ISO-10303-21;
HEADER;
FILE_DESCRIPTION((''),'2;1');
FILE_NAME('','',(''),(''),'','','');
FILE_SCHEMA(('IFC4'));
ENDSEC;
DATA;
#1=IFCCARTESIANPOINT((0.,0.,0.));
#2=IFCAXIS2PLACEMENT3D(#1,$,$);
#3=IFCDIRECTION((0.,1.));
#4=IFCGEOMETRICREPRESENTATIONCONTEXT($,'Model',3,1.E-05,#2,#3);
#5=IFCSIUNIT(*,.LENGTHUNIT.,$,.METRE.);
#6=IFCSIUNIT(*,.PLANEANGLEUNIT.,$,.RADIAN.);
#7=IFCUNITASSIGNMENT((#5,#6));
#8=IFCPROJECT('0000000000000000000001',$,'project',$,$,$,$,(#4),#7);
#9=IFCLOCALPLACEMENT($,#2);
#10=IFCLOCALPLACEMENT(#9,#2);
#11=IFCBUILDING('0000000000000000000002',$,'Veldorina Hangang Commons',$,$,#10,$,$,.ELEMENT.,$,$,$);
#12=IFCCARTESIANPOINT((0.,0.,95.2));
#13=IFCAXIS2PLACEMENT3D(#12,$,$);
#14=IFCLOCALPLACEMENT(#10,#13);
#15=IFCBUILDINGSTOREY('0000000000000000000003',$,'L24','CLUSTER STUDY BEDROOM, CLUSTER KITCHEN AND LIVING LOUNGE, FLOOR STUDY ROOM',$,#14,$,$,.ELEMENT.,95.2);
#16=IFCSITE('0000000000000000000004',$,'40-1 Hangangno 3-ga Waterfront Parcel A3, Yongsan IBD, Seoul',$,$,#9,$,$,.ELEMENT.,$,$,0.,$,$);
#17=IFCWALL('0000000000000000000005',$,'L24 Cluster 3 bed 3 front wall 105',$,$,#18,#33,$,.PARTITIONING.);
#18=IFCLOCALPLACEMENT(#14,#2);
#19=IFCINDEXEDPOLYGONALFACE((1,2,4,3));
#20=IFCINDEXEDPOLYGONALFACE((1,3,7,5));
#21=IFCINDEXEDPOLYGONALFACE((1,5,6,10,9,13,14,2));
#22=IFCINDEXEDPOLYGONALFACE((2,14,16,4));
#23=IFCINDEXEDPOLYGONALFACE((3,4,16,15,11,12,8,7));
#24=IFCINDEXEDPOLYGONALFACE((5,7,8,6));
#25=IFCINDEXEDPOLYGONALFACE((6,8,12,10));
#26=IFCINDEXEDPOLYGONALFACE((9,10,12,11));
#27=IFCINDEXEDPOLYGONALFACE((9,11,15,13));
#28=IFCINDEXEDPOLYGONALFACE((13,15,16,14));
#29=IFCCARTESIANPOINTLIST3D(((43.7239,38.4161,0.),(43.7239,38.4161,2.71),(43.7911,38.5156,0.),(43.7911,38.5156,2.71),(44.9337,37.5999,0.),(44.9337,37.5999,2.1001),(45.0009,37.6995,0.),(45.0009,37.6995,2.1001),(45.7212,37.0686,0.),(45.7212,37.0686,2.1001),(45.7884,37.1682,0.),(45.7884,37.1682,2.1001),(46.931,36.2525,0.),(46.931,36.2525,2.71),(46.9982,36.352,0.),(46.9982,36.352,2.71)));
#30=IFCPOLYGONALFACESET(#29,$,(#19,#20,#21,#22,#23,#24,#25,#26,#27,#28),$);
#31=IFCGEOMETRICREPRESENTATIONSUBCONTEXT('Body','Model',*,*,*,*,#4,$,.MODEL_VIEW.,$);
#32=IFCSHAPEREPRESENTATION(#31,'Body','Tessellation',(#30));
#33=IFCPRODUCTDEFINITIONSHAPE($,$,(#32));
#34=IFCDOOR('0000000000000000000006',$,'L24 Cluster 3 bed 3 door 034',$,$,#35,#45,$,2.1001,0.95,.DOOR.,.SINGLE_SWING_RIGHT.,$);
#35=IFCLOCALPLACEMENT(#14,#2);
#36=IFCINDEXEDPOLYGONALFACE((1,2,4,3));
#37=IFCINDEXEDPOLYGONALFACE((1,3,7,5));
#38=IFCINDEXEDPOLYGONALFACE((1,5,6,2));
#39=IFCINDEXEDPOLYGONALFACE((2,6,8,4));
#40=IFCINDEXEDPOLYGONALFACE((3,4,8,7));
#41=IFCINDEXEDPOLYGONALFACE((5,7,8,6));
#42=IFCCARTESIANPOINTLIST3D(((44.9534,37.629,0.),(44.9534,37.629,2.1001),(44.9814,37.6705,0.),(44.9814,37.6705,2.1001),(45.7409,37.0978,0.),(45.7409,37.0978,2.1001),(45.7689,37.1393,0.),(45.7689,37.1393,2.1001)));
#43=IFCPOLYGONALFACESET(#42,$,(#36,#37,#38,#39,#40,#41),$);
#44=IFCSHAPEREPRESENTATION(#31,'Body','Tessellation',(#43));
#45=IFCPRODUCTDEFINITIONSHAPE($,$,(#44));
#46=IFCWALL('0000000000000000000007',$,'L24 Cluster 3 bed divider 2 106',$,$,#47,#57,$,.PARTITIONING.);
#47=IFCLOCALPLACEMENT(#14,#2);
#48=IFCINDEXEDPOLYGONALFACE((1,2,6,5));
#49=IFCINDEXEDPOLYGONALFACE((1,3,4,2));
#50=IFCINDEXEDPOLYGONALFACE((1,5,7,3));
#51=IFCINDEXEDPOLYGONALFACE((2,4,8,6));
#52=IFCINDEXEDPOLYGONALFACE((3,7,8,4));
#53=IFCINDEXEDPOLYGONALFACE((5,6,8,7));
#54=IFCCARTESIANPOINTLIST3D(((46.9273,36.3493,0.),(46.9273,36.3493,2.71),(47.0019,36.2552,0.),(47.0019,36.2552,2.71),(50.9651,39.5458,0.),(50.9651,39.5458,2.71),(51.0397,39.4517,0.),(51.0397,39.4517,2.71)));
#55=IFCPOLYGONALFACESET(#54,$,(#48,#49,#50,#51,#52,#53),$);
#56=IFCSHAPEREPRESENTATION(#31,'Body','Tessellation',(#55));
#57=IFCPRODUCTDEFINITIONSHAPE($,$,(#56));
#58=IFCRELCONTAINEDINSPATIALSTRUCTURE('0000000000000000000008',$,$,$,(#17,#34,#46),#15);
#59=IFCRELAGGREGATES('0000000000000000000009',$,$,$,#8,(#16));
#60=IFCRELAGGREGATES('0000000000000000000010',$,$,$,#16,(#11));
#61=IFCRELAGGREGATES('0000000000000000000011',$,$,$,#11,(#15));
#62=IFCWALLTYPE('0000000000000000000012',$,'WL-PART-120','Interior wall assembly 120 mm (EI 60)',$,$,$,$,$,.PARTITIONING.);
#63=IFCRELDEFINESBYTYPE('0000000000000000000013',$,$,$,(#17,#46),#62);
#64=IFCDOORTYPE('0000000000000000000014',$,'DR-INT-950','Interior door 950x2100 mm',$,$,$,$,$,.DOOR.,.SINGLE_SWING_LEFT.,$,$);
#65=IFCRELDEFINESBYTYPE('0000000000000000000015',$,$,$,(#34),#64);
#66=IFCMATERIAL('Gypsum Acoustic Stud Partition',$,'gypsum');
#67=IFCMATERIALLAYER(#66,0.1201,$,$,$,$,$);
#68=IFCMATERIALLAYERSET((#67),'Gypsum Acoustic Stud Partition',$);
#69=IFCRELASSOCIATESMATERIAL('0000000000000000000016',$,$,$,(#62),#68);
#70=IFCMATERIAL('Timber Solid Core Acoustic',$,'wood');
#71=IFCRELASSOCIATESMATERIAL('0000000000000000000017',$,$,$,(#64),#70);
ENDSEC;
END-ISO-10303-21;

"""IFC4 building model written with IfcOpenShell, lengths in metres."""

from ifc_helpers import new_model, si_unit, direction, frame, frame_2d, origin, place, context, subcontext, project, spatial, rectangle, extrude, material, layer, layer_set, type_object, element, fill, save


model = new_model("IFC4")

# Units and contexts
model_context = context("Model", 3, precision=1e-05, world=origin(), true_north=direction((0.0, 1.0)))
body_context = subcontext(model_context, "Body", "Model", "MODEL_VIEW")
ifc_project = project(units=[si_unit("LENGTHUNIT", "METRE"), si_unit("PLANEANGLEUNIT", "RADIAN")], contexts=[model_context])

# Site, building, storey
site_placement = place(None, origin())
site = spatial("IfcSite", under=ifc_project, at=site_placement, Name="40-1 Hangangno 3-ga Waterfront Parcel A3, Yongsan IBD, Seoul", CompositionType="ELEMENT", RefElevation=0.0)
building_placement = place(site_placement, origin())
building = spatial("IfcBuilding", under=site, at=building_placement, Name="Veldorina Hangang Commons", CompositionType="ELEMENT")
storey_placement = place(building_placement, frame((0.0, 0.0, 95.2)))
storey = spatial("IfcBuildingStorey", under=building, at=storey_placement, Name="L24", Description="CLUSTER STUDY BEDROOM, CLUSTER KITCHEN AND LIVING LOUNGE, FLOOR STUDY ROOM", CompositionType="ELEMENT", Elevation=95.2)

# Shared definitions
ifc_material_1 = material(Name="Gypsum Acoustic Stud Partition", Category="gypsum")
ifc_layer_1 = layer(ifc_material_1, 0.1201)
ifc_layer_set_1 = layer_set([ifc_layer_1], Name="Gypsum Acoustic Stud Partition")
wall_type_1 = type_object("IfcWallType", Name="WL-PART-120", Description="Interior wall assembly 120 mm (EI 60)", PredefinedType="PARTITIONING", material=ifc_layer_set_1)
ifc_material_2 = material(Name="Timber Solid Core Acoustic", Category="wood")
door_type = type_object("IfcDoorType", Name="DR-INT-950", Description="Interior door 950x2100 mm", OperationType="SINGLE_SWING_LEFT", PredefinedType="DOOR", material=ifc_material_2)

# Wall, opening, door
wall_1_placement = place(storey_placement, frame((46.9646, 36.3022, 0.0), z_axis=(0.0, 0.0, 1.0), x_axis=(-0.828989, 0.559265, 0.0)))
wall_1 = element("IfcWall", 1, at=wall_1_placement, inside=storey, type_object=wall_type_1, Name="L24 Cluster 3 bed 3 front wall 105", PredefinedType="PARTITIONING", context=body_context, shape_type="SweptSolid", body=[
    extrude(rectangle(XDim=3.8687, YDim=0.1201, at=frame_2d((1.9343, 0.0))), origin(), (0.0, 0.0, 1.0), 2.71),
])
opening_1_placement = place(wall_1_placement, frame((1.4592, 0.0, 0.0)))
opening_1 = element("IfcOpeningElement", 2, at=opening_1_placement, cuts=wall_1, PredefinedType="OPENING", context=body_context, shape_type="SweptSolid", body=[
    extrude(rectangle(XDim=0.95, YDim=2.1001, at=frame_2d((0.4751, 1.05))), frame((0.0, 0.0701, 0.0), z_axis=(0.0, -1.0, 0.0), x_axis=(1.0, 0.0, 0.0)), (0.0, 0.0, 1.0), 0.1401),
])
door_1_placement = place(opening_1_placement, origin())
door_1 = element("IfcDoor", 3, at=door_1_placement, inside=storey, type_object=door_type, Name="L24 Cluster 3 bed 3 door 034", OperationType="SINGLE_SWING_RIGHT", OverallHeight=2.1001, OverallWidth=0.95, PredefinedType="DOOR", context=body_context, shape_type="SweptSolid", body=[
    extrude(rectangle(XDim=0.95, YDim=2.1001, at=frame_2d((0.4751, 1.05))), frame((0.0, 0.0249, 0.0), z_axis=(0.0, -1.0, 0.0), x_axis=(1.0, 0.0, 0.0)), (0.0, 0.0, 1.0), 0.05),
])
fill(opening_1, door_1)

# Wall
wall_2_placement = place(storey_placement, frame((46.9646, 36.3022, 0.0), z_axis=(0.0, 0.0, 1.0), x_axis=(0.784054, 0.620692, 0.0)))
element("IfcWall", 4, at=wall_2_placement, inside=storey, type_object=wall_type_1, Name="L24 Cluster 3 bed divider 2 106", PredefinedType="PARTITIONING", context=body_context, shape_type="SweptSolid", body=[
    extrude(rectangle(XDim=5.1499, YDim=0.1201, at=frame_2d((2.575, 0.0))), origin(), (0.0, 0.0, 1.0), 2.71),
])

save(model, "model.ifc")
